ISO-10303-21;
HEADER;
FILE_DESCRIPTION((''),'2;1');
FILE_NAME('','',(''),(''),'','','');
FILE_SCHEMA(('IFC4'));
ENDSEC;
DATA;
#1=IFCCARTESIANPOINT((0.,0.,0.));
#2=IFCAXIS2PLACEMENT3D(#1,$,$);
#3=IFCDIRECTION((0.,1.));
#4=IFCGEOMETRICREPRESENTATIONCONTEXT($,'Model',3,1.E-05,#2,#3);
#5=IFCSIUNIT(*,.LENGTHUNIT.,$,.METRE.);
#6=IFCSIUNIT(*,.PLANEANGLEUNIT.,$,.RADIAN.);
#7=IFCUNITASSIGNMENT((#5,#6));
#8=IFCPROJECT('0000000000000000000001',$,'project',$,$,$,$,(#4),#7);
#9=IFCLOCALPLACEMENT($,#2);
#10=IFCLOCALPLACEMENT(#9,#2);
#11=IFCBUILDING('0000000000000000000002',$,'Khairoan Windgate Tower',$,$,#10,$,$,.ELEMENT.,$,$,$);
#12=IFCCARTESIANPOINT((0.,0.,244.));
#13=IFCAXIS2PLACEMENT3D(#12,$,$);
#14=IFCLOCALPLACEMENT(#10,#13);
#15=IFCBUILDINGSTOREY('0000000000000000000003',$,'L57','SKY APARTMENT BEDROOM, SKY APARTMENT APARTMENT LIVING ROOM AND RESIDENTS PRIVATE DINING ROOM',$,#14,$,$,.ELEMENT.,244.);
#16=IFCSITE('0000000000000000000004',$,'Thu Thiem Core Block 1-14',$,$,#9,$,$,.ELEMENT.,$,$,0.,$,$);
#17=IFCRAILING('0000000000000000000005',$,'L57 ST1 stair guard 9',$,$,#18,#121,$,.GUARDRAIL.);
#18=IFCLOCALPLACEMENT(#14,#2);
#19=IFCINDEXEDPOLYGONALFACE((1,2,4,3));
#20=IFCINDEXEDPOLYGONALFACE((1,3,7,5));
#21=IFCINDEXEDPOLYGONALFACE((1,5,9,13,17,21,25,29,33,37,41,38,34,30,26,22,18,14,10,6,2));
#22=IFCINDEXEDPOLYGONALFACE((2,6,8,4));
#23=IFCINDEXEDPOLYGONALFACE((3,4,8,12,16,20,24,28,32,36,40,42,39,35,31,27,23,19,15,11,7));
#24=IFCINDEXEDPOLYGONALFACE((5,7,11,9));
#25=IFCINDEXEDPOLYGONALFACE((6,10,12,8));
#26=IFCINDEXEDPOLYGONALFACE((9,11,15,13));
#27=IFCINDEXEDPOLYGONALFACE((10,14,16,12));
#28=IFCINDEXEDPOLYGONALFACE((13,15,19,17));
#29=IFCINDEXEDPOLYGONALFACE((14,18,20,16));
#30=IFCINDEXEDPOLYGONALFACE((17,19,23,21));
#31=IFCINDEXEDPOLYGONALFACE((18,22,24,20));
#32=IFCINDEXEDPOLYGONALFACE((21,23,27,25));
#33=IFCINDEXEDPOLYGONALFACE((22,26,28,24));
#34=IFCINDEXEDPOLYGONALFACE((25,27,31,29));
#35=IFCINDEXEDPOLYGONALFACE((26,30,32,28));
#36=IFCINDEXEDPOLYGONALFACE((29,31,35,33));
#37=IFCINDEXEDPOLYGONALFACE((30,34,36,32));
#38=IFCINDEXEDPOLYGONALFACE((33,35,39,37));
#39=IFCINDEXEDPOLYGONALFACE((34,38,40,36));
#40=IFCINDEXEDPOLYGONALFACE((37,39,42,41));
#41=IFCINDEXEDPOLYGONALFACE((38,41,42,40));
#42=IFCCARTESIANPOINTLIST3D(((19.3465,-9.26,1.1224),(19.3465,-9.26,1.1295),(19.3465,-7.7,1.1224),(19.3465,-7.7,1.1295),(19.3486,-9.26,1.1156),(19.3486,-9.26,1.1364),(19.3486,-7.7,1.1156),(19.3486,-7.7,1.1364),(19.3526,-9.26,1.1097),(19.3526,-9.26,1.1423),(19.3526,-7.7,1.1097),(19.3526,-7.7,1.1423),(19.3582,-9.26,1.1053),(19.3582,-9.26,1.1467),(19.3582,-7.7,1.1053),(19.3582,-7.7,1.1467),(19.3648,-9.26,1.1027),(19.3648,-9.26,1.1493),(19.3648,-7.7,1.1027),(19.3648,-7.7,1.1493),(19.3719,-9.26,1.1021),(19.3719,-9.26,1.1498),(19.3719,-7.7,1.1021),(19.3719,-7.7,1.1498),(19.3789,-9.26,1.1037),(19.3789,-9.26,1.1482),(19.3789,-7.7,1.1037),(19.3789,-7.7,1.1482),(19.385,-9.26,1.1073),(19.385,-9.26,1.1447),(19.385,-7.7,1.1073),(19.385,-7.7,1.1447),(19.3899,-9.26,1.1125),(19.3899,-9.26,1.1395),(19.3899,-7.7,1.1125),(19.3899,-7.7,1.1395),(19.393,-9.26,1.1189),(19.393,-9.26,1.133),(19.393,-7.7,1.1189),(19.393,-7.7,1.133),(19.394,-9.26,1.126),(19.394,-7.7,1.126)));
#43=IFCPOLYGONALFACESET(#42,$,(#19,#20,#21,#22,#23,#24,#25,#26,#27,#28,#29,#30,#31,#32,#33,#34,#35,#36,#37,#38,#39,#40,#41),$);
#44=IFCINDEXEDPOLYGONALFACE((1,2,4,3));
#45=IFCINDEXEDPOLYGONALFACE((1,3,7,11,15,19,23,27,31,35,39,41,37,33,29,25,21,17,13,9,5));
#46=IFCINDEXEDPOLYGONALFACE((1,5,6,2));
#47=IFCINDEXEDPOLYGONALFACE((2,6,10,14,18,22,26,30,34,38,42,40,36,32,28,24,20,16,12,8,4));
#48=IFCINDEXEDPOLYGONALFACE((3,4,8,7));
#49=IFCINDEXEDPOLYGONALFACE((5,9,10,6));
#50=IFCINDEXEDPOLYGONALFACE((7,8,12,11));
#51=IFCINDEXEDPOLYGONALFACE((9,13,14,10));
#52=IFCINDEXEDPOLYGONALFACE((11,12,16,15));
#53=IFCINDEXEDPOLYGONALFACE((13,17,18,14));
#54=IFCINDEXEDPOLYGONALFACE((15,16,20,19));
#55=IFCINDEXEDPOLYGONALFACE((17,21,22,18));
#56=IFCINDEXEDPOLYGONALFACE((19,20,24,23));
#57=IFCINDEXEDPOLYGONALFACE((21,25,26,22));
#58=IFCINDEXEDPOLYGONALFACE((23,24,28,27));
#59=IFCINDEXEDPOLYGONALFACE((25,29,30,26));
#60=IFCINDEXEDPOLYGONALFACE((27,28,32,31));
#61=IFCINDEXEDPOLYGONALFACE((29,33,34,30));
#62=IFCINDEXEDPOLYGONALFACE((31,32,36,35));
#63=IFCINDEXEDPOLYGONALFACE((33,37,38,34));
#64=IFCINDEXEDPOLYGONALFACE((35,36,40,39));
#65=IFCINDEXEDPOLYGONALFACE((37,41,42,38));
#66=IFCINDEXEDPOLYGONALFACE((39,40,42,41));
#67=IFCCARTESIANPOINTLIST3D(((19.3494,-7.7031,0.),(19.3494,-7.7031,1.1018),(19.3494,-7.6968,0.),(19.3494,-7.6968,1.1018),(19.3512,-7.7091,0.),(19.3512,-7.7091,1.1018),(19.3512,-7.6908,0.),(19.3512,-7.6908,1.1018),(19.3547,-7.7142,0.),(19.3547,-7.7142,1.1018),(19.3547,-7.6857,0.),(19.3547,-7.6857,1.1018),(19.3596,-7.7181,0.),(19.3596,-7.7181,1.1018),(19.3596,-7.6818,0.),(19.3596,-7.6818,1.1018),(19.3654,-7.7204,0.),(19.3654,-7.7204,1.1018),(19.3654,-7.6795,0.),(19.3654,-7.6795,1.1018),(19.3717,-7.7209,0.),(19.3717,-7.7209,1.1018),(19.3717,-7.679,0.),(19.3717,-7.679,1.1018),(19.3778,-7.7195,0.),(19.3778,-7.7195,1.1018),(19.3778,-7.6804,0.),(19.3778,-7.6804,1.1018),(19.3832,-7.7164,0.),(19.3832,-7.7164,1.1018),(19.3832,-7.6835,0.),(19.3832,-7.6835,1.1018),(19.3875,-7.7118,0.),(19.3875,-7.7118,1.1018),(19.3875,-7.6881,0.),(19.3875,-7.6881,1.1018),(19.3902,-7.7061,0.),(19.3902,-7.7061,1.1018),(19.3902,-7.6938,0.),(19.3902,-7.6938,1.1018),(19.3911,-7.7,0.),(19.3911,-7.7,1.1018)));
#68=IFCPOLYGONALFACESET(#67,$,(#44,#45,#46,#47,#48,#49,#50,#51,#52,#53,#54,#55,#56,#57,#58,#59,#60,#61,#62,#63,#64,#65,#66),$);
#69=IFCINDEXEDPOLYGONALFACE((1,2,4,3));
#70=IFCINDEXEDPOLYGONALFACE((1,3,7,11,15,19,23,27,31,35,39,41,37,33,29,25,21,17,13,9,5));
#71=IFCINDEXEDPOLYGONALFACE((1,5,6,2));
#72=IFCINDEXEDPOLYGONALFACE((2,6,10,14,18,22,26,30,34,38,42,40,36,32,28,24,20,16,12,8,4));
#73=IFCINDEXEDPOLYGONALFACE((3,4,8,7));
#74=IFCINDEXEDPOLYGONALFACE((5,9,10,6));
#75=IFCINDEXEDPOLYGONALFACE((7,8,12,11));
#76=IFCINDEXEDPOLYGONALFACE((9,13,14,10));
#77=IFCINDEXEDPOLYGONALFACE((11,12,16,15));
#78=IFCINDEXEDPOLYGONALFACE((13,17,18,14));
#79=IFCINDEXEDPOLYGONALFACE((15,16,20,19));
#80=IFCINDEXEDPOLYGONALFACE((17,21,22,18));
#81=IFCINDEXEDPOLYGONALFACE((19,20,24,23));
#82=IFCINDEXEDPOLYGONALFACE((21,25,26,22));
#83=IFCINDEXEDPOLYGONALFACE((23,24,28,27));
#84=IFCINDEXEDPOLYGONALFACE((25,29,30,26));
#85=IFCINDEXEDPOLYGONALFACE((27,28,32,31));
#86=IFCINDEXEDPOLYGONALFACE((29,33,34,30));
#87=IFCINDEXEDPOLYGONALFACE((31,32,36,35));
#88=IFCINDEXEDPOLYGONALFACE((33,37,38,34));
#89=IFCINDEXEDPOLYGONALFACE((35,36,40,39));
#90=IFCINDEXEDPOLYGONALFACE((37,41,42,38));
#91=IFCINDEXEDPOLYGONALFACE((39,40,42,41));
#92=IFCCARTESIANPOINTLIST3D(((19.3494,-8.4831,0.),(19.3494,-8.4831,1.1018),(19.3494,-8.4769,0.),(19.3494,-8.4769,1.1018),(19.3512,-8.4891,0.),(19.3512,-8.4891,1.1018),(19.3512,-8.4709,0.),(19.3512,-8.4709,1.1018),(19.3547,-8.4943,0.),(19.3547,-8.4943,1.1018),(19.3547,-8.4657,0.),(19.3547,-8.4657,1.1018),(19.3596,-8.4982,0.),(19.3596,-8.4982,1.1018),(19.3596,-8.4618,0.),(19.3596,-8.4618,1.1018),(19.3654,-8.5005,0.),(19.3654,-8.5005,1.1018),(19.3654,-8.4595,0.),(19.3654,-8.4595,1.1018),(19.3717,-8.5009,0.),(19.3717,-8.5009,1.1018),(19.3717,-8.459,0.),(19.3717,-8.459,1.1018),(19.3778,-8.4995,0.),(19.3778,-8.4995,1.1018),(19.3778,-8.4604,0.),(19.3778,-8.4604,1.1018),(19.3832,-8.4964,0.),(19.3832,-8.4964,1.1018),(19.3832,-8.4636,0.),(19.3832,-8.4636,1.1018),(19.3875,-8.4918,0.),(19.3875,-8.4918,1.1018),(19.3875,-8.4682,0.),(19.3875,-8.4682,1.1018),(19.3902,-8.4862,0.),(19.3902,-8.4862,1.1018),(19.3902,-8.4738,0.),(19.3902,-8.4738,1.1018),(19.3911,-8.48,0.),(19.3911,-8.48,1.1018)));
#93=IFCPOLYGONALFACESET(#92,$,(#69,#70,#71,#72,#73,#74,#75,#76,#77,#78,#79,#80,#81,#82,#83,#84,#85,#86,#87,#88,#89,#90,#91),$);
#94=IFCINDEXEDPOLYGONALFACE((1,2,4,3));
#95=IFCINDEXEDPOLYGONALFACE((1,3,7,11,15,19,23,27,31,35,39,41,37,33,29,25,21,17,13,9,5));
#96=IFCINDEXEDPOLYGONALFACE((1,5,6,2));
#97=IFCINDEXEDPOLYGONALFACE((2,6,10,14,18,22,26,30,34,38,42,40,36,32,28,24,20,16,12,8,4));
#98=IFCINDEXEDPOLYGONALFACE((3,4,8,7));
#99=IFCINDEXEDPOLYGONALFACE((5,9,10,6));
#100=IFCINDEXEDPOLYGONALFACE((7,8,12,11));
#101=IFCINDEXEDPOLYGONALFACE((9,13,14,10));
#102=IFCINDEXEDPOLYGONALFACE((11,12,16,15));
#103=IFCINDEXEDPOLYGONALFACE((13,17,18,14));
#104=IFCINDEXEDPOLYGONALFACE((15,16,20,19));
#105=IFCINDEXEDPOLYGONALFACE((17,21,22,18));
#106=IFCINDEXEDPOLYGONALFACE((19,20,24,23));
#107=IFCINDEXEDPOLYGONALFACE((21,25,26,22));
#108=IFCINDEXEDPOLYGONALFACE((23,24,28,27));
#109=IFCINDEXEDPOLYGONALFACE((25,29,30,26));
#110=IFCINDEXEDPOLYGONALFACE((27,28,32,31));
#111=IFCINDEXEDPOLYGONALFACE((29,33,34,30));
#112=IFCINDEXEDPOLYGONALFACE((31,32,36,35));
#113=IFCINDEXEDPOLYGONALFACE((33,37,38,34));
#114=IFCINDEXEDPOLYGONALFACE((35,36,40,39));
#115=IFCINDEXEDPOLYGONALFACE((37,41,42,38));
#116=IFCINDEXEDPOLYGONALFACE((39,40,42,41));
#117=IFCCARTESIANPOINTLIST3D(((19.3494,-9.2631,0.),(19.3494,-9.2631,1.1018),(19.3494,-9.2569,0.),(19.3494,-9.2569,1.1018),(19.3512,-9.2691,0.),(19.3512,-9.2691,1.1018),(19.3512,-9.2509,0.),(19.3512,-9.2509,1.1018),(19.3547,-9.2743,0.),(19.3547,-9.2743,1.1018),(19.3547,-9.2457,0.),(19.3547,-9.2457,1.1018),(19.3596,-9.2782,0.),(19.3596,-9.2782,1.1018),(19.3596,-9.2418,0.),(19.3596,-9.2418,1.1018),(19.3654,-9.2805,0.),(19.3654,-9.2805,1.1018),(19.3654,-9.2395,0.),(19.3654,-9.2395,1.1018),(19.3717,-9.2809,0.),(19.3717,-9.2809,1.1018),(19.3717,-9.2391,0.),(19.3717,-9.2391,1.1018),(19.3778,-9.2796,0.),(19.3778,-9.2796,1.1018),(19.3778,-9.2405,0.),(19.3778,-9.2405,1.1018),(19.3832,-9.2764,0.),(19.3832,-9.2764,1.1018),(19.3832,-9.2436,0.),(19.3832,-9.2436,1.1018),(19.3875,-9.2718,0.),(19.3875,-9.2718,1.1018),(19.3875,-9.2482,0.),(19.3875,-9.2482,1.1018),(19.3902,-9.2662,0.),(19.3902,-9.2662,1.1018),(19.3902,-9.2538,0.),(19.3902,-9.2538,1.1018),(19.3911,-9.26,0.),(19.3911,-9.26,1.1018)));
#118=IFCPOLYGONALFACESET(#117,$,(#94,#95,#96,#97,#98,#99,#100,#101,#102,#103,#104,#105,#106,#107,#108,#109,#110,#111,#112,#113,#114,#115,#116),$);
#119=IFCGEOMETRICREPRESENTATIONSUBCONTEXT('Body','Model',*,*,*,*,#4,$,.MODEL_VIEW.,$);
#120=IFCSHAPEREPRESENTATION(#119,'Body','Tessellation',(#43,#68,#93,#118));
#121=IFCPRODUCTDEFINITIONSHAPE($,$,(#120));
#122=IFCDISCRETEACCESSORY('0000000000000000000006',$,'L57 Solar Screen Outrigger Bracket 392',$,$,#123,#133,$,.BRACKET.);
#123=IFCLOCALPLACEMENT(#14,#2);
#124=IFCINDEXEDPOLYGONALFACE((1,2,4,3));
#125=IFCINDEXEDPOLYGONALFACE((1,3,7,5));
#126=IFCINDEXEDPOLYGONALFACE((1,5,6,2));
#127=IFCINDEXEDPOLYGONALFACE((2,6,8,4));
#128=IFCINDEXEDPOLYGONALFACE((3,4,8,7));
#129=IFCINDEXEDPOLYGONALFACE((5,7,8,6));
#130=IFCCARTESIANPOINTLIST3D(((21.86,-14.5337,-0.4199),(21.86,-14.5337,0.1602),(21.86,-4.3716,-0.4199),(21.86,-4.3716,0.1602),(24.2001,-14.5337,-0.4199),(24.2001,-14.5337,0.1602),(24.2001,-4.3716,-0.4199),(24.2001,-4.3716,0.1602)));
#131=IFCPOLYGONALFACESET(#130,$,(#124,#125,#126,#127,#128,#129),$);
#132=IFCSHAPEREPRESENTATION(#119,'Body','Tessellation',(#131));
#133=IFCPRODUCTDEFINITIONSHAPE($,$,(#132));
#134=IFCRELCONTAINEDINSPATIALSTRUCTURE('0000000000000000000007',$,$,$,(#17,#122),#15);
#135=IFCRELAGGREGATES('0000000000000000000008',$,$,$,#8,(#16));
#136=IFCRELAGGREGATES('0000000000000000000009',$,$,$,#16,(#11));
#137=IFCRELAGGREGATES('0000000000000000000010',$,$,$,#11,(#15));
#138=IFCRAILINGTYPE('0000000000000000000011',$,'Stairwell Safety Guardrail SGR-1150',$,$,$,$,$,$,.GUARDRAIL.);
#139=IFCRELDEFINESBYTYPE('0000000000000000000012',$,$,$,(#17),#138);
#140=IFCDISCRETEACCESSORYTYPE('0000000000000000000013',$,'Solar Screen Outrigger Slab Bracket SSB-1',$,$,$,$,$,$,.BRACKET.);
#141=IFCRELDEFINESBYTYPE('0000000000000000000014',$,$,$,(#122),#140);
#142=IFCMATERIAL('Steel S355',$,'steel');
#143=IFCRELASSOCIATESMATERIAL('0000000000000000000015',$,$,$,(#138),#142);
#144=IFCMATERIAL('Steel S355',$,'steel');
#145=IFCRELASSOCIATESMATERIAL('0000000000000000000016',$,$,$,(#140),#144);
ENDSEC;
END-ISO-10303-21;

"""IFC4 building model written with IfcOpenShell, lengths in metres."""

from ifc_helpers import new_model, si_unit, direction, frame, origin, origin_2d, place, context, subcontext, project, spatial, rectangle, circle, extrude, material, type_object, element, save


model = new_model("IFC4")

# Units and contexts
model_context = context("Model", 3, precision=1e-05, world=origin(), true_north=direction((0.0, 1.0)))
body_context = subcontext(model_context, "Body", "Model", "MODEL_VIEW")
ifc_project = project(units=[si_unit("LENGTHUNIT", "METRE"), si_unit("PLANEANGLEUNIT", "RADIAN")], contexts=[model_context])

# Site, building, storey
site_placement = place(None, origin())
site = spatial("IfcSite", under=ifc_project, at=site_placement, Name="Thu Thiem Core Block 1-14", CompositionType="ELEMENT", RefElevation=0.0)
building_placement = place(site_placement, origin())
building = spatial("IfcBuilding", under=site, at=building_placement, Name="Khairoan Windgate Tower", CompositionType="ELEMENT")
storey_placement = place(building_placement, frame((0.0, 0.0, 244.0)))
storey = spatial("IfcBuildingStorey", under=building, at=storey_placement, Name="L57", Description="SKY APARTMENT BEDROOM, SKY APARTMENT APARTMENT LIVING ROOM AND RESIDENTS PRIVATE DINING ROOM", CompositionType="ELEMENT", Elevation=244.0)

# Railing
ifc_material_1 = material(Name="Steel S355", Category="steel")
railing_type_1 = type_object("IfcRailingType", Name="Stairwell Safety Guardrail SGR-1150", PredefinedType="GUARDRAIL", material=ifc_material_1)
for number, where, name in (
    (1, (19.3701, -7.7, 0.0), "L57 ST1 stair guard 9"),
):
    element("IfcRailing", number, at=place(storey_placement, frame(where)), inside=storey, type_object=railing_type_1, Name=name, PredefinedType="GUARDRAIL", context=body_context, shape_type="SweptSolid", body=[
        extrude(circle(Radius=0.0239, at=origin_2d()), frame((0.0, 0.0, 1.126), z_axis=(0.0, -1.0, 0.0), x_axis=(1.0, 0.0, 0.0)), (0.0, 0.0, 1.0), 1.5601),
        extrude(circle(Radius=0.021, at=origin_2d()), origin(), (0.0, 0.0, 1.0), 1.1018),
        extrude(circle(Radius=0.021, at=origin_2d()), frame((0.0, -0.78, 0.0)), (0.0, 0.0, 1.0), 1.1018),
        extrude(circle(Radius=0.021, at=origin_2d()), frame((0.0, -1.5601, 0.0)), (0.0, 0.0, 1.0), 1.1018),
    ])

# Discrete accessory
ifc_material_2 = material(Name="Steel S355", Category="steel")
discrete_accessory_type = type_object("IfcDiscreteAccessoryType", Name="Solar Screen Outrigger Slab Bracket SSB-1", PredefinedType="BRACKET", material=ifc_material_2)
discrete_accessory_placement = place(storey_placement, frame((23.03, -9.4526, -0.4199), z_axis=(0.0, 0.0, 1.0), x_axis=(0.0, -1.0, 0.0)))
element("IfcDiscreteAccessory", 2, at=discrete_accessory_placement, inside=storey, type_object=discrete_accessory_type, Name="L57 Solar Screen Outrigger Bracket 392", PredefinedType="BRACKET", context=body_context, shape_type="SweptSolid", body=[
    extrude(rectangle(XDim=10.1621, YDim=2.3401, at=origin_2d()), origin(), (0.0, 0.0, 1.0), 0.5801),
])

save(model, "model.ifc")
